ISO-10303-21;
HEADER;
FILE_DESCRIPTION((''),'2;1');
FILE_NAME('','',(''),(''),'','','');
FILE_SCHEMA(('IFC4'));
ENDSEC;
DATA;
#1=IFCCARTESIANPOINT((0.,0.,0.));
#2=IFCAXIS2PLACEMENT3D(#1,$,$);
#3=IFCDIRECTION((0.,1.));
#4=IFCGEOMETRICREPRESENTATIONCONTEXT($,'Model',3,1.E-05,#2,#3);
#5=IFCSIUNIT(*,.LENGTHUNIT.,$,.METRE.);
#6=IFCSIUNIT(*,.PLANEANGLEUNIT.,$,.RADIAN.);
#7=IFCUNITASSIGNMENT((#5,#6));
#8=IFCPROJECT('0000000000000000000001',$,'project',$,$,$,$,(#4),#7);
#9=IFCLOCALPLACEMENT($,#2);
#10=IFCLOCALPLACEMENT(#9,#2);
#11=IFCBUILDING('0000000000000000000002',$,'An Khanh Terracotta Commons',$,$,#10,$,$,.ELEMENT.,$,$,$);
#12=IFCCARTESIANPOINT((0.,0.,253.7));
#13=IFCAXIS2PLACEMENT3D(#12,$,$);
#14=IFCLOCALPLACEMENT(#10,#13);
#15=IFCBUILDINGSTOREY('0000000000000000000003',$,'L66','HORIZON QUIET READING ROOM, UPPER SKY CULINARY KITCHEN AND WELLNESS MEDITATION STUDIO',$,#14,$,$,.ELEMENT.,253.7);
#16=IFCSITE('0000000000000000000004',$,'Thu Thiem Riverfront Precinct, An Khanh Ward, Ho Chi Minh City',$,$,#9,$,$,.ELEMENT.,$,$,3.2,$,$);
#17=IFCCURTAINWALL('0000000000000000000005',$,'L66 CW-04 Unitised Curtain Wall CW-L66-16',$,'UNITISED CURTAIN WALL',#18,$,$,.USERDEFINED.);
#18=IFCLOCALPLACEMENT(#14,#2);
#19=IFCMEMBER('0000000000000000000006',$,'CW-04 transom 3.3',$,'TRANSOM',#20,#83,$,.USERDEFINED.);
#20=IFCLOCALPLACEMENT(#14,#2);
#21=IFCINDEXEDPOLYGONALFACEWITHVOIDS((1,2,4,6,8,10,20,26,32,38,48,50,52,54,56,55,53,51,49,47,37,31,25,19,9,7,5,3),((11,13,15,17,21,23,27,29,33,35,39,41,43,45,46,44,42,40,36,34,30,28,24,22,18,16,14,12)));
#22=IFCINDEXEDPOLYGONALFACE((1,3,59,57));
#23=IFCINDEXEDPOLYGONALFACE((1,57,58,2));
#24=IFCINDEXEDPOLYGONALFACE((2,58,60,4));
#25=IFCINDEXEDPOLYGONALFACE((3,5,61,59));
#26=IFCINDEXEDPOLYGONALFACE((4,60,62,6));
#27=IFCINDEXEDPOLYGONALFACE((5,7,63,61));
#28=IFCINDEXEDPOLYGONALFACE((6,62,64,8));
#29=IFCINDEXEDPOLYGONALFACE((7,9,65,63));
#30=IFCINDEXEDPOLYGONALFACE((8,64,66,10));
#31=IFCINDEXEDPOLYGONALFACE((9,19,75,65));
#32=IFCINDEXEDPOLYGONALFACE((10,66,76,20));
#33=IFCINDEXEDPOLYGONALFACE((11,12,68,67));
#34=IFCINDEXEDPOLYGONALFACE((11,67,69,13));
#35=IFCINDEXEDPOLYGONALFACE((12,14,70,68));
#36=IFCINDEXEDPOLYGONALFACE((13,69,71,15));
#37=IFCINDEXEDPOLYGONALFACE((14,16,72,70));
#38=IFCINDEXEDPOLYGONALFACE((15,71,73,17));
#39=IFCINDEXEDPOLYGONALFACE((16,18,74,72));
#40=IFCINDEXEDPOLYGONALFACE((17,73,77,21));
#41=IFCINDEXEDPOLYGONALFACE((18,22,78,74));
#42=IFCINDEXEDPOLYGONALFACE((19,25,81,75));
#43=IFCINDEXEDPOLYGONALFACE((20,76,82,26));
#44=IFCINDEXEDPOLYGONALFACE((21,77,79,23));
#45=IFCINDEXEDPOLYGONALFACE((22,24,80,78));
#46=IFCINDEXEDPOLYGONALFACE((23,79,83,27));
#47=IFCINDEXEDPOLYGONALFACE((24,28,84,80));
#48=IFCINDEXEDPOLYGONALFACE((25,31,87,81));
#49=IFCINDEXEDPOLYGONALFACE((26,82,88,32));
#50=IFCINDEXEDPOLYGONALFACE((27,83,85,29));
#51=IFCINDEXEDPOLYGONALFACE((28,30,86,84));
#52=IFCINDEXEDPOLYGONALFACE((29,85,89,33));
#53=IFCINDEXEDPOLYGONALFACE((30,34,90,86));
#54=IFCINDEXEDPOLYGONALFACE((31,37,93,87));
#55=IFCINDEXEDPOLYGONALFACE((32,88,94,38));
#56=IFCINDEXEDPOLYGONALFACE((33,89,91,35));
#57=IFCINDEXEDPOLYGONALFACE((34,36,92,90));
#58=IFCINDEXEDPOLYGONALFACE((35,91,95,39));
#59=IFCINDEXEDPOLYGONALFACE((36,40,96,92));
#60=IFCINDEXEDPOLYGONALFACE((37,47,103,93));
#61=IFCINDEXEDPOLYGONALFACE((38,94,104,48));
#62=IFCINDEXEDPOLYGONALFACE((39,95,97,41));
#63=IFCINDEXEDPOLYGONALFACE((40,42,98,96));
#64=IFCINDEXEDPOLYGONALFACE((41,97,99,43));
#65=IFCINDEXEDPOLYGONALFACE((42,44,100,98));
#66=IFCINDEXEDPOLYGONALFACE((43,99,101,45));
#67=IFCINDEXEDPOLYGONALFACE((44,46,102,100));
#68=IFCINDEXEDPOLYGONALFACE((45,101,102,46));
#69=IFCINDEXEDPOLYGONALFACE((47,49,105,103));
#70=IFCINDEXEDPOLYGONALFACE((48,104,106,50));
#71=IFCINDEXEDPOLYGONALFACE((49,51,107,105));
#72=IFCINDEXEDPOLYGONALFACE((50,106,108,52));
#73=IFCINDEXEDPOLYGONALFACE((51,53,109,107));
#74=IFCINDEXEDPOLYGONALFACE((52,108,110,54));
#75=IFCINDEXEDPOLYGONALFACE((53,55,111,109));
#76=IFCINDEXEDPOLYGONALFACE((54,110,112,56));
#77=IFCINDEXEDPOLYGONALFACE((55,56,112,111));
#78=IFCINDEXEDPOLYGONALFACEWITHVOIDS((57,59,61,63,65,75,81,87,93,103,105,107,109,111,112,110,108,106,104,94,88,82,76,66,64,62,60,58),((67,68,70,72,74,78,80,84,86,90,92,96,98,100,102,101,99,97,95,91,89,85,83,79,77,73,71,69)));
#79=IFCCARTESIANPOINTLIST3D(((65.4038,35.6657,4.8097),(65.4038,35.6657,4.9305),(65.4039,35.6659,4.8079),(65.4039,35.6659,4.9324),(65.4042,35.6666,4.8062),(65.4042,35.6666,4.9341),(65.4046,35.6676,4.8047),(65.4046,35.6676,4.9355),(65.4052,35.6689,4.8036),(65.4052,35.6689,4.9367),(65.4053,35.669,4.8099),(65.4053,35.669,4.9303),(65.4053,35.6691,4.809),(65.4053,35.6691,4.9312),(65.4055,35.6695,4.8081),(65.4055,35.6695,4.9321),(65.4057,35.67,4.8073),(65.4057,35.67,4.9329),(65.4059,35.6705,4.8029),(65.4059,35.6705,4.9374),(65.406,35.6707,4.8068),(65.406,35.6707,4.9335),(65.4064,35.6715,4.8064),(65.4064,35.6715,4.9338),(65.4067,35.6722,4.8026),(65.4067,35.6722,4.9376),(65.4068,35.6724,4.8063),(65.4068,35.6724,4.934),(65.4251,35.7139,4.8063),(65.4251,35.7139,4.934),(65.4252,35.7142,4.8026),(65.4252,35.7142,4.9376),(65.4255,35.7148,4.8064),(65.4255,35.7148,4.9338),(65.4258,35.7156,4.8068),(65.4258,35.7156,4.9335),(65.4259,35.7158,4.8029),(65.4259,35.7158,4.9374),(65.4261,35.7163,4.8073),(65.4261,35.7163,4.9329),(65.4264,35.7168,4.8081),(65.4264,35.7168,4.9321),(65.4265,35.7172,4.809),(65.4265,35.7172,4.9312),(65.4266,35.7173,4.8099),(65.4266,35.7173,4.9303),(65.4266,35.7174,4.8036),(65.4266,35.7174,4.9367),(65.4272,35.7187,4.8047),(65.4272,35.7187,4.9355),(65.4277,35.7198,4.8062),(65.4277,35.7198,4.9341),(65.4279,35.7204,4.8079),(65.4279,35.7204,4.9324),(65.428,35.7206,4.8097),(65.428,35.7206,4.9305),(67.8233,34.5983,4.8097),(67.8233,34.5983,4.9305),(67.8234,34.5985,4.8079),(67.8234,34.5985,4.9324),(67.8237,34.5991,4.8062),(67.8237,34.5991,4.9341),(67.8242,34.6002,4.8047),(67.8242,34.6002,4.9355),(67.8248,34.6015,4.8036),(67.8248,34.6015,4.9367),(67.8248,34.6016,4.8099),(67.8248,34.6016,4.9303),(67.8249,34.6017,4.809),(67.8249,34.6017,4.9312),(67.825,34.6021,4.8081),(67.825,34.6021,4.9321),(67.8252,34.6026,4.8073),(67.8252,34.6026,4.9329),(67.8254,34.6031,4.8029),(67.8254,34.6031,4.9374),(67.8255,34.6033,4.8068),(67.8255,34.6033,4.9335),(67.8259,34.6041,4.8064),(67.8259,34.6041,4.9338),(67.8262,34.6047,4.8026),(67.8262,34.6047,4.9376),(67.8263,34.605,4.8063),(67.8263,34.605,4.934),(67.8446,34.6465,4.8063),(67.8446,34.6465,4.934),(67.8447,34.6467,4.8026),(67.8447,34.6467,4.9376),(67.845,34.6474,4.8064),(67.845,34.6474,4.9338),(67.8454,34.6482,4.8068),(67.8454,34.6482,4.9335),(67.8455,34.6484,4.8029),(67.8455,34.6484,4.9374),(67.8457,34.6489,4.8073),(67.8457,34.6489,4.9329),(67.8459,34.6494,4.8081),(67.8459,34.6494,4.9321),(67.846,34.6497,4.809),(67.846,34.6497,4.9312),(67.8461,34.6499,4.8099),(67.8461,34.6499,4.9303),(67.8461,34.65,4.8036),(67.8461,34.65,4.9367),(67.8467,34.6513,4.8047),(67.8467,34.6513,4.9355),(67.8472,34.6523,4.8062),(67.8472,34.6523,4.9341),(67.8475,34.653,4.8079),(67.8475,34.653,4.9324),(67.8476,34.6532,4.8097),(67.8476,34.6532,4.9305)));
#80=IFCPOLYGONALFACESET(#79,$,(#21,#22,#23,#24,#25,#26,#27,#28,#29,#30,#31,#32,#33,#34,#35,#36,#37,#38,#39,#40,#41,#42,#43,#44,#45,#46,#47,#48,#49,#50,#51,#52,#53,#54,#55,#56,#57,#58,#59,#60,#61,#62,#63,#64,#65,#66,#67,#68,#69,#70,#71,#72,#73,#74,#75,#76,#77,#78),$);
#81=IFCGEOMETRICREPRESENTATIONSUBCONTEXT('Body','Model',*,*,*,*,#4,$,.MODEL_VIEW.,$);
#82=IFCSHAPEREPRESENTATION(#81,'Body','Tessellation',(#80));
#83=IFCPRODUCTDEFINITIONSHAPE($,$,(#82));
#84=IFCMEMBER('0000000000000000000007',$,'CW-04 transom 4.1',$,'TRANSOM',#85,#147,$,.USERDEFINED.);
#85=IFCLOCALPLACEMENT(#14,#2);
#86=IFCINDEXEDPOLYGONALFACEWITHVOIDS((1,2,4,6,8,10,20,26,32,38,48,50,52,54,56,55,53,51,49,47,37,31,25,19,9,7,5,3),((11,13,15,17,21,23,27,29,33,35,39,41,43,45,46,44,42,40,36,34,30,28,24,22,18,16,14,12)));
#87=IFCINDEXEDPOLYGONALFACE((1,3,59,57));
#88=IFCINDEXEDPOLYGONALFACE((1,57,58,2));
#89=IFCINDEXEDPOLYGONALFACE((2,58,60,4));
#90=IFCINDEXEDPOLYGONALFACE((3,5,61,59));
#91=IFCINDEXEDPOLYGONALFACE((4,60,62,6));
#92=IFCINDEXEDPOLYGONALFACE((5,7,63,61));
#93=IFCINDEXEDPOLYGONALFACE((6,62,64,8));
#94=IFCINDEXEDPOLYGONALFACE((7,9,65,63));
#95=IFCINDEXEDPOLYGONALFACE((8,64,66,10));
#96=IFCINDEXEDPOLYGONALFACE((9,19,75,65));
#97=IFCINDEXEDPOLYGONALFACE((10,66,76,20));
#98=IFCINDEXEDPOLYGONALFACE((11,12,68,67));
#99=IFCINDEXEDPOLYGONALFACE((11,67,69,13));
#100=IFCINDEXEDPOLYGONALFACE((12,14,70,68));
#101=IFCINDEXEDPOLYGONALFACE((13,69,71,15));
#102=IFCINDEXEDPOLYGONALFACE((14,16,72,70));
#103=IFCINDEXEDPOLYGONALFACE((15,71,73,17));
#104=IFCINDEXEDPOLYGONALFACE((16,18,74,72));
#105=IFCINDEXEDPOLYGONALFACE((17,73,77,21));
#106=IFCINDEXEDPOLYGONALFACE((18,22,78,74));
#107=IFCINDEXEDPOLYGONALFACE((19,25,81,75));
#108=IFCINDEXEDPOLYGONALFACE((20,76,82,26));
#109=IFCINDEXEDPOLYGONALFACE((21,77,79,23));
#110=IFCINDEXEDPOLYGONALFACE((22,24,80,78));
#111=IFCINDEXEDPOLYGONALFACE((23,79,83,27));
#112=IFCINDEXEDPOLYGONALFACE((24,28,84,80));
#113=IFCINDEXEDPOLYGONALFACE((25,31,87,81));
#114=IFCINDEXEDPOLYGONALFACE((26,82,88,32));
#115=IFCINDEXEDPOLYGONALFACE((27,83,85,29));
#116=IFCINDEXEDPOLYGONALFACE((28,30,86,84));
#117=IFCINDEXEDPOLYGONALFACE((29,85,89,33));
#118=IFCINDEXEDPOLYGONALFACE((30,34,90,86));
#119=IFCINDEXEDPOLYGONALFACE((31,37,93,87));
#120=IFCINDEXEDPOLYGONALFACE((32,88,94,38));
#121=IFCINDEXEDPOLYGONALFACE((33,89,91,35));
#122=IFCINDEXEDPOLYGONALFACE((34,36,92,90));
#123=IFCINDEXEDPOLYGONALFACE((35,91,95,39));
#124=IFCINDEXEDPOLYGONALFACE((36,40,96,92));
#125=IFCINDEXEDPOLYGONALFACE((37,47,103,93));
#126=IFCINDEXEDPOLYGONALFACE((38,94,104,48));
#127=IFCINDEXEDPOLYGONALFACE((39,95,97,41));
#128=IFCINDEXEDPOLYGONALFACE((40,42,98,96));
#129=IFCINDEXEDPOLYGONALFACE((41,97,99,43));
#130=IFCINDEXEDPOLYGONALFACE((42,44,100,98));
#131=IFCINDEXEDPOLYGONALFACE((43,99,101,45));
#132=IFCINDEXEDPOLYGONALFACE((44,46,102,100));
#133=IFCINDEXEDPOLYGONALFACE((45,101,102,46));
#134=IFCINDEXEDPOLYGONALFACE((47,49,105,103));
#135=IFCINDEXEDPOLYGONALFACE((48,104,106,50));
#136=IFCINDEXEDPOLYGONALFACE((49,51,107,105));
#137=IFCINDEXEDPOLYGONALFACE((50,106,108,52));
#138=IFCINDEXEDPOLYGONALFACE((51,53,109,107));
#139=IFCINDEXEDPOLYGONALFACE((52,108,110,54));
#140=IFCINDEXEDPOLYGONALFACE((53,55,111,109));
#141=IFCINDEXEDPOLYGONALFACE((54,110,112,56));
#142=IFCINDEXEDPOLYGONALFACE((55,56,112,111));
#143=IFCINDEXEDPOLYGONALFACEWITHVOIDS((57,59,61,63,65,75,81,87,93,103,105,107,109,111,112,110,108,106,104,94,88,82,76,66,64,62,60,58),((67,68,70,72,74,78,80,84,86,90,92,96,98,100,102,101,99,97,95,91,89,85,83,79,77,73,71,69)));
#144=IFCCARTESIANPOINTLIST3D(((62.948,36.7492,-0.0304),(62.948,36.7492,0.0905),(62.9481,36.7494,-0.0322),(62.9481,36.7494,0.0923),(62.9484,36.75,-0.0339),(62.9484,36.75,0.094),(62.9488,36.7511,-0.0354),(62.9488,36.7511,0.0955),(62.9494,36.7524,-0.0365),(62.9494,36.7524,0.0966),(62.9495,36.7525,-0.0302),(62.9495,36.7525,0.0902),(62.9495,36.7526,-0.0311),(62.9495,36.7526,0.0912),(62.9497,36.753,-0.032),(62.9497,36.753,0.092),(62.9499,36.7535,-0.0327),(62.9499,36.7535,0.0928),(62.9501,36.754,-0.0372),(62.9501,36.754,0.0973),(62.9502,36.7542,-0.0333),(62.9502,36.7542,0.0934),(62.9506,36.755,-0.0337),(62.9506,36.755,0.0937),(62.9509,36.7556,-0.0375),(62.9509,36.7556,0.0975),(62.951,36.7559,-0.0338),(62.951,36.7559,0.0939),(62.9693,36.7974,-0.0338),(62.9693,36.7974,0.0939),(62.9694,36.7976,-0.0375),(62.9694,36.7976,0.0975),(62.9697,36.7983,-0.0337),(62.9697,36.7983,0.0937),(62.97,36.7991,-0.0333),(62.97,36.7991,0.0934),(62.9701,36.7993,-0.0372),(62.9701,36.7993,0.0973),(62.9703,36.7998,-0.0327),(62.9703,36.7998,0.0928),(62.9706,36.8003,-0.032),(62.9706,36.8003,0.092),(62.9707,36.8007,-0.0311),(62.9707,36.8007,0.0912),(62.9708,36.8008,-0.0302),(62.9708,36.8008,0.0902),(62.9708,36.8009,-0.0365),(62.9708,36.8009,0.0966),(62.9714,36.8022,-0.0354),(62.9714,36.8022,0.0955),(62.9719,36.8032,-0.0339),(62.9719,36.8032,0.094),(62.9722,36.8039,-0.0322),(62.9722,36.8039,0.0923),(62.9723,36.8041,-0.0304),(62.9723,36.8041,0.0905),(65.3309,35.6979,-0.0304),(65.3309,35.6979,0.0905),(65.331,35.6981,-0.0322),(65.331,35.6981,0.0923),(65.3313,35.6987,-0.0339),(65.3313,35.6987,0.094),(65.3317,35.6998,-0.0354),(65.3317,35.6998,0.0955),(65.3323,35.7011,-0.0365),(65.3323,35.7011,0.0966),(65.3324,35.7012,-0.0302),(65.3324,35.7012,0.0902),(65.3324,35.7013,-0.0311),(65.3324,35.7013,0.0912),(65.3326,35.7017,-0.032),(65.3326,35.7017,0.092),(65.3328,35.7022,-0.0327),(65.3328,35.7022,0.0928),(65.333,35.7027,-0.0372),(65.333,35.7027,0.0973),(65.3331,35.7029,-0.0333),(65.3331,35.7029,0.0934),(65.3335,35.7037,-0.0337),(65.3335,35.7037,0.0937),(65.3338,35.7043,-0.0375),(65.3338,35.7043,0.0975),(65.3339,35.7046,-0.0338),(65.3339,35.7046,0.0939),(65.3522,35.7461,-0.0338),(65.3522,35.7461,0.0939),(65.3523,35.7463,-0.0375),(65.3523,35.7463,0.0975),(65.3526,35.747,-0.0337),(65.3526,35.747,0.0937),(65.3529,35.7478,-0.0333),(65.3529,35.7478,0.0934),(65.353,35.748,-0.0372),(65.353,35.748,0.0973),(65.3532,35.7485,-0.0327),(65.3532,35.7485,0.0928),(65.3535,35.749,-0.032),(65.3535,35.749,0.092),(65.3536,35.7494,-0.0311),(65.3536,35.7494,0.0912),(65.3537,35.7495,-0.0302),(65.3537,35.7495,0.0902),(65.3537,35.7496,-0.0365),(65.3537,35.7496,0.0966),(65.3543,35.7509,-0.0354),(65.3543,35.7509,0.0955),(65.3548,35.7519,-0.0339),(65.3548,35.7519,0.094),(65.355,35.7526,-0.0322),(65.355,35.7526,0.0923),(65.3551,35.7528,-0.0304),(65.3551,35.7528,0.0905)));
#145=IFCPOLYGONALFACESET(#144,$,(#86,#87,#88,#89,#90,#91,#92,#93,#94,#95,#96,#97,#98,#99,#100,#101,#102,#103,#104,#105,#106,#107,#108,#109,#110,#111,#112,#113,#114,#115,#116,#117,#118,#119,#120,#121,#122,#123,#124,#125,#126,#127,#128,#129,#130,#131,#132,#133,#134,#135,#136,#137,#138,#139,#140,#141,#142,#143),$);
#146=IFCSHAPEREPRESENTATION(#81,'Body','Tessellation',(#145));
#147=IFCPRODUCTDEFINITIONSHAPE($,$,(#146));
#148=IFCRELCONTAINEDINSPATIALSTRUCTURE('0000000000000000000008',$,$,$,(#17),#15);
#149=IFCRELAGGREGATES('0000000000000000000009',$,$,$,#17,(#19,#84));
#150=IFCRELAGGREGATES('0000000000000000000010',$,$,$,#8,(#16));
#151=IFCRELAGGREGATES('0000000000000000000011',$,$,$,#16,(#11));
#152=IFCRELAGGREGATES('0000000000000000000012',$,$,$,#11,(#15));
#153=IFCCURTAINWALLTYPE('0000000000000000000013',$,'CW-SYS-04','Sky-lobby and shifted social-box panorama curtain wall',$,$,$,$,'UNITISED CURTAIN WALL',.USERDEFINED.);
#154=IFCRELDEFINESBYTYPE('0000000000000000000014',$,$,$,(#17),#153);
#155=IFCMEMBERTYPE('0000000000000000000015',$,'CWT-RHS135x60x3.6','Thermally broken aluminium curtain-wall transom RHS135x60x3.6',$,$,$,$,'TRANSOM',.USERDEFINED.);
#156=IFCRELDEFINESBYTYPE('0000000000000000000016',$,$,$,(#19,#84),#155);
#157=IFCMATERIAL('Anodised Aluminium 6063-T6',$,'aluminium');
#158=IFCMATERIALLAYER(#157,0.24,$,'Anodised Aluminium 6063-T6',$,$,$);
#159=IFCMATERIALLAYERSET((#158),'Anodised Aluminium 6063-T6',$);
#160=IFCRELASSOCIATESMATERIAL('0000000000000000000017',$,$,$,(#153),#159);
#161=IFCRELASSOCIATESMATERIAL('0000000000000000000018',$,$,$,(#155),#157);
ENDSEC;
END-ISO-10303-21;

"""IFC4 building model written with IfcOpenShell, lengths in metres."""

from ifc_helpers import new_model, si_unit, direction, frame, origin, origin_2d, place, context, subcontext, project, spatial, hollow_rectangle, extrude, material, layer, layer_set, material_profile, profile_set, type_object, element, aggregate, save


model = new_model("IFC4")

# Units and contexts
model_context = context("Model", 3, precision=1e-05, world=origin(), true_north=direction((0.0, 1.0)))
body_context = subcontext(model_context, "Body", "Model", "MODEL_VIEW")
ifc_project = project(units=[si_unit("LENGTHUNIT", "METRE"), si_unit("PLANEANGLEUNIT", "RADIAN")], contexts=[model_context])

# Site, building, storey
site_placement = place(None, origin())
site = spatial("IfcSite", under=ifc_project, at=site_placement, Name="Thu Thiem Riverfront Precinct, An Khanh Ward, Ho Chi Minh City", CompositionType="ELEMENT", RefElevation=3.2)
building_placement = place(site_placement, origin())
building = spatial("IfcBuilding", under=site, at=building_placement, Name="An Khanh Terracotta Commons", CompositionType="ELEMENT")
storey_placement = place(building_placement, frame((0.0, 0.0, 253.7)))
storey = spatial("IfcBuildingStorey", under=building, at=storey_placement, Name="L66", Description="HORIZON QUIET READING ROOM, UPPER SKY CULINARY KITCHEN AND WELLNESS MEDITATION STUDIO", CompositionType="ELEMENT", Elevation=253.7)

# Curtain wall, members
ifc_material_1 = material(Name="Anodised Aluminium 6063-T6", Category="aluminium")
ifc_layer_1 = layer(ifc_material_1, 0.24, Name="Anodised Aluminium 6063-T6")
ifc_layer_set_1 = layer_set([ifc_layer_1], Name="Anodised Aluminium 6063-T6")
curtain_wall_type = type_object("IfcCurtainWallType", Name="CW-SYS-04", Description="Sky-lobby and shifted social-box panorama curtain wall", ElementType="UNITISED CURTAIN WALL", PredefinedType="USERDEFINED", material=ifc_layer_set_1)
curtain_wall_placement = place(storey_placement, origin())
curtain_wall = element("IfcCurtainWall", 1, at=curtain_wall_placement, inside=storey, type_object=curtain_wall_type, Name="L66 CW-04 Unitised Curtain Wall CW-L66-16", ObjectType="UNITISED CURTAIN WALL", PredefinedType="USERDEFINED")
ifc_material_profile_1 = material_profile(ifc_material_1, hollow_rectangle(XDim=0.0601, YDim=0.135, WallThickness=0.0037, InnerFilletRadius=0.0037, OuterFilletRadius=0.0071, at=origin_2d()), Name="RHS135x60x3.6")
ifc_profile_set_1 = profile_set([ifc_material_profile_1], Name="Anodised Aluminium 6063-T6")
member_type_1 = type_object("IfcMemberType", Name="CWT-RHS135x60x3.6", Description="Thermally broken aluminium curtain-wall transom RHS135x60x3.6", ElementType="TRANSOM", PredefinedType="USERDEFINED", material=ifc_profile_set_1)
member_1_placement = place(storey_placement, frame((67.8354, 34.6257, 4.8701), z_axis=(-0.91492, 0.403636, 0.0), x_axis=(-0.403636, -0.91492, 0.0)))
member_1 = element("IfcMember", 2, at=member_1_placement, type_object=member_type_1, Name="CW-04 transom 3.3", ObjectType="TRANSOM", PredefinedType="USERDEFINED", context=body_context, shape_type="SweptSolid", body=[
    extrude(hollow_rectangle(XDim=0.0601, YDim=0.135, WallThickness=0.0037, InnerFilletRadius=0.0037, OuterFilletRadius=0.0071, at=origin_2d()), origin(), (0.0, 0.0, 1.0), 2.6445),
])
member_2_placement = place(storey_placement, frame((65.343, 35.7253, 0.03), z_axis=(-0.914914, 0.403649, 0.0), x_axis=(-0.403649, -0.914914, 0.0)))
member_2 = element("IfcMember", 3, at=member_2_placement, type_object=member_type_1, Name="CW-04 transom 4.1", ObjectType="TRANSOM", PredefinedType="USERDEFINED", context=body_context, shape_type="SweptSolid", body=[
    extrude(hollow_rectangle(XDim=0.0601, YDim=0.135, WallThickness=0.0037, InnerFilletRadius=0.0037, OuterFilletRadius=0.0071, at=origin_2d()), origin(), (0.0, 0.0, 1.0), 2.6045),
])
aggregate(curtain_wall, [member_1, member_2])

save(model, "model.ifc")
